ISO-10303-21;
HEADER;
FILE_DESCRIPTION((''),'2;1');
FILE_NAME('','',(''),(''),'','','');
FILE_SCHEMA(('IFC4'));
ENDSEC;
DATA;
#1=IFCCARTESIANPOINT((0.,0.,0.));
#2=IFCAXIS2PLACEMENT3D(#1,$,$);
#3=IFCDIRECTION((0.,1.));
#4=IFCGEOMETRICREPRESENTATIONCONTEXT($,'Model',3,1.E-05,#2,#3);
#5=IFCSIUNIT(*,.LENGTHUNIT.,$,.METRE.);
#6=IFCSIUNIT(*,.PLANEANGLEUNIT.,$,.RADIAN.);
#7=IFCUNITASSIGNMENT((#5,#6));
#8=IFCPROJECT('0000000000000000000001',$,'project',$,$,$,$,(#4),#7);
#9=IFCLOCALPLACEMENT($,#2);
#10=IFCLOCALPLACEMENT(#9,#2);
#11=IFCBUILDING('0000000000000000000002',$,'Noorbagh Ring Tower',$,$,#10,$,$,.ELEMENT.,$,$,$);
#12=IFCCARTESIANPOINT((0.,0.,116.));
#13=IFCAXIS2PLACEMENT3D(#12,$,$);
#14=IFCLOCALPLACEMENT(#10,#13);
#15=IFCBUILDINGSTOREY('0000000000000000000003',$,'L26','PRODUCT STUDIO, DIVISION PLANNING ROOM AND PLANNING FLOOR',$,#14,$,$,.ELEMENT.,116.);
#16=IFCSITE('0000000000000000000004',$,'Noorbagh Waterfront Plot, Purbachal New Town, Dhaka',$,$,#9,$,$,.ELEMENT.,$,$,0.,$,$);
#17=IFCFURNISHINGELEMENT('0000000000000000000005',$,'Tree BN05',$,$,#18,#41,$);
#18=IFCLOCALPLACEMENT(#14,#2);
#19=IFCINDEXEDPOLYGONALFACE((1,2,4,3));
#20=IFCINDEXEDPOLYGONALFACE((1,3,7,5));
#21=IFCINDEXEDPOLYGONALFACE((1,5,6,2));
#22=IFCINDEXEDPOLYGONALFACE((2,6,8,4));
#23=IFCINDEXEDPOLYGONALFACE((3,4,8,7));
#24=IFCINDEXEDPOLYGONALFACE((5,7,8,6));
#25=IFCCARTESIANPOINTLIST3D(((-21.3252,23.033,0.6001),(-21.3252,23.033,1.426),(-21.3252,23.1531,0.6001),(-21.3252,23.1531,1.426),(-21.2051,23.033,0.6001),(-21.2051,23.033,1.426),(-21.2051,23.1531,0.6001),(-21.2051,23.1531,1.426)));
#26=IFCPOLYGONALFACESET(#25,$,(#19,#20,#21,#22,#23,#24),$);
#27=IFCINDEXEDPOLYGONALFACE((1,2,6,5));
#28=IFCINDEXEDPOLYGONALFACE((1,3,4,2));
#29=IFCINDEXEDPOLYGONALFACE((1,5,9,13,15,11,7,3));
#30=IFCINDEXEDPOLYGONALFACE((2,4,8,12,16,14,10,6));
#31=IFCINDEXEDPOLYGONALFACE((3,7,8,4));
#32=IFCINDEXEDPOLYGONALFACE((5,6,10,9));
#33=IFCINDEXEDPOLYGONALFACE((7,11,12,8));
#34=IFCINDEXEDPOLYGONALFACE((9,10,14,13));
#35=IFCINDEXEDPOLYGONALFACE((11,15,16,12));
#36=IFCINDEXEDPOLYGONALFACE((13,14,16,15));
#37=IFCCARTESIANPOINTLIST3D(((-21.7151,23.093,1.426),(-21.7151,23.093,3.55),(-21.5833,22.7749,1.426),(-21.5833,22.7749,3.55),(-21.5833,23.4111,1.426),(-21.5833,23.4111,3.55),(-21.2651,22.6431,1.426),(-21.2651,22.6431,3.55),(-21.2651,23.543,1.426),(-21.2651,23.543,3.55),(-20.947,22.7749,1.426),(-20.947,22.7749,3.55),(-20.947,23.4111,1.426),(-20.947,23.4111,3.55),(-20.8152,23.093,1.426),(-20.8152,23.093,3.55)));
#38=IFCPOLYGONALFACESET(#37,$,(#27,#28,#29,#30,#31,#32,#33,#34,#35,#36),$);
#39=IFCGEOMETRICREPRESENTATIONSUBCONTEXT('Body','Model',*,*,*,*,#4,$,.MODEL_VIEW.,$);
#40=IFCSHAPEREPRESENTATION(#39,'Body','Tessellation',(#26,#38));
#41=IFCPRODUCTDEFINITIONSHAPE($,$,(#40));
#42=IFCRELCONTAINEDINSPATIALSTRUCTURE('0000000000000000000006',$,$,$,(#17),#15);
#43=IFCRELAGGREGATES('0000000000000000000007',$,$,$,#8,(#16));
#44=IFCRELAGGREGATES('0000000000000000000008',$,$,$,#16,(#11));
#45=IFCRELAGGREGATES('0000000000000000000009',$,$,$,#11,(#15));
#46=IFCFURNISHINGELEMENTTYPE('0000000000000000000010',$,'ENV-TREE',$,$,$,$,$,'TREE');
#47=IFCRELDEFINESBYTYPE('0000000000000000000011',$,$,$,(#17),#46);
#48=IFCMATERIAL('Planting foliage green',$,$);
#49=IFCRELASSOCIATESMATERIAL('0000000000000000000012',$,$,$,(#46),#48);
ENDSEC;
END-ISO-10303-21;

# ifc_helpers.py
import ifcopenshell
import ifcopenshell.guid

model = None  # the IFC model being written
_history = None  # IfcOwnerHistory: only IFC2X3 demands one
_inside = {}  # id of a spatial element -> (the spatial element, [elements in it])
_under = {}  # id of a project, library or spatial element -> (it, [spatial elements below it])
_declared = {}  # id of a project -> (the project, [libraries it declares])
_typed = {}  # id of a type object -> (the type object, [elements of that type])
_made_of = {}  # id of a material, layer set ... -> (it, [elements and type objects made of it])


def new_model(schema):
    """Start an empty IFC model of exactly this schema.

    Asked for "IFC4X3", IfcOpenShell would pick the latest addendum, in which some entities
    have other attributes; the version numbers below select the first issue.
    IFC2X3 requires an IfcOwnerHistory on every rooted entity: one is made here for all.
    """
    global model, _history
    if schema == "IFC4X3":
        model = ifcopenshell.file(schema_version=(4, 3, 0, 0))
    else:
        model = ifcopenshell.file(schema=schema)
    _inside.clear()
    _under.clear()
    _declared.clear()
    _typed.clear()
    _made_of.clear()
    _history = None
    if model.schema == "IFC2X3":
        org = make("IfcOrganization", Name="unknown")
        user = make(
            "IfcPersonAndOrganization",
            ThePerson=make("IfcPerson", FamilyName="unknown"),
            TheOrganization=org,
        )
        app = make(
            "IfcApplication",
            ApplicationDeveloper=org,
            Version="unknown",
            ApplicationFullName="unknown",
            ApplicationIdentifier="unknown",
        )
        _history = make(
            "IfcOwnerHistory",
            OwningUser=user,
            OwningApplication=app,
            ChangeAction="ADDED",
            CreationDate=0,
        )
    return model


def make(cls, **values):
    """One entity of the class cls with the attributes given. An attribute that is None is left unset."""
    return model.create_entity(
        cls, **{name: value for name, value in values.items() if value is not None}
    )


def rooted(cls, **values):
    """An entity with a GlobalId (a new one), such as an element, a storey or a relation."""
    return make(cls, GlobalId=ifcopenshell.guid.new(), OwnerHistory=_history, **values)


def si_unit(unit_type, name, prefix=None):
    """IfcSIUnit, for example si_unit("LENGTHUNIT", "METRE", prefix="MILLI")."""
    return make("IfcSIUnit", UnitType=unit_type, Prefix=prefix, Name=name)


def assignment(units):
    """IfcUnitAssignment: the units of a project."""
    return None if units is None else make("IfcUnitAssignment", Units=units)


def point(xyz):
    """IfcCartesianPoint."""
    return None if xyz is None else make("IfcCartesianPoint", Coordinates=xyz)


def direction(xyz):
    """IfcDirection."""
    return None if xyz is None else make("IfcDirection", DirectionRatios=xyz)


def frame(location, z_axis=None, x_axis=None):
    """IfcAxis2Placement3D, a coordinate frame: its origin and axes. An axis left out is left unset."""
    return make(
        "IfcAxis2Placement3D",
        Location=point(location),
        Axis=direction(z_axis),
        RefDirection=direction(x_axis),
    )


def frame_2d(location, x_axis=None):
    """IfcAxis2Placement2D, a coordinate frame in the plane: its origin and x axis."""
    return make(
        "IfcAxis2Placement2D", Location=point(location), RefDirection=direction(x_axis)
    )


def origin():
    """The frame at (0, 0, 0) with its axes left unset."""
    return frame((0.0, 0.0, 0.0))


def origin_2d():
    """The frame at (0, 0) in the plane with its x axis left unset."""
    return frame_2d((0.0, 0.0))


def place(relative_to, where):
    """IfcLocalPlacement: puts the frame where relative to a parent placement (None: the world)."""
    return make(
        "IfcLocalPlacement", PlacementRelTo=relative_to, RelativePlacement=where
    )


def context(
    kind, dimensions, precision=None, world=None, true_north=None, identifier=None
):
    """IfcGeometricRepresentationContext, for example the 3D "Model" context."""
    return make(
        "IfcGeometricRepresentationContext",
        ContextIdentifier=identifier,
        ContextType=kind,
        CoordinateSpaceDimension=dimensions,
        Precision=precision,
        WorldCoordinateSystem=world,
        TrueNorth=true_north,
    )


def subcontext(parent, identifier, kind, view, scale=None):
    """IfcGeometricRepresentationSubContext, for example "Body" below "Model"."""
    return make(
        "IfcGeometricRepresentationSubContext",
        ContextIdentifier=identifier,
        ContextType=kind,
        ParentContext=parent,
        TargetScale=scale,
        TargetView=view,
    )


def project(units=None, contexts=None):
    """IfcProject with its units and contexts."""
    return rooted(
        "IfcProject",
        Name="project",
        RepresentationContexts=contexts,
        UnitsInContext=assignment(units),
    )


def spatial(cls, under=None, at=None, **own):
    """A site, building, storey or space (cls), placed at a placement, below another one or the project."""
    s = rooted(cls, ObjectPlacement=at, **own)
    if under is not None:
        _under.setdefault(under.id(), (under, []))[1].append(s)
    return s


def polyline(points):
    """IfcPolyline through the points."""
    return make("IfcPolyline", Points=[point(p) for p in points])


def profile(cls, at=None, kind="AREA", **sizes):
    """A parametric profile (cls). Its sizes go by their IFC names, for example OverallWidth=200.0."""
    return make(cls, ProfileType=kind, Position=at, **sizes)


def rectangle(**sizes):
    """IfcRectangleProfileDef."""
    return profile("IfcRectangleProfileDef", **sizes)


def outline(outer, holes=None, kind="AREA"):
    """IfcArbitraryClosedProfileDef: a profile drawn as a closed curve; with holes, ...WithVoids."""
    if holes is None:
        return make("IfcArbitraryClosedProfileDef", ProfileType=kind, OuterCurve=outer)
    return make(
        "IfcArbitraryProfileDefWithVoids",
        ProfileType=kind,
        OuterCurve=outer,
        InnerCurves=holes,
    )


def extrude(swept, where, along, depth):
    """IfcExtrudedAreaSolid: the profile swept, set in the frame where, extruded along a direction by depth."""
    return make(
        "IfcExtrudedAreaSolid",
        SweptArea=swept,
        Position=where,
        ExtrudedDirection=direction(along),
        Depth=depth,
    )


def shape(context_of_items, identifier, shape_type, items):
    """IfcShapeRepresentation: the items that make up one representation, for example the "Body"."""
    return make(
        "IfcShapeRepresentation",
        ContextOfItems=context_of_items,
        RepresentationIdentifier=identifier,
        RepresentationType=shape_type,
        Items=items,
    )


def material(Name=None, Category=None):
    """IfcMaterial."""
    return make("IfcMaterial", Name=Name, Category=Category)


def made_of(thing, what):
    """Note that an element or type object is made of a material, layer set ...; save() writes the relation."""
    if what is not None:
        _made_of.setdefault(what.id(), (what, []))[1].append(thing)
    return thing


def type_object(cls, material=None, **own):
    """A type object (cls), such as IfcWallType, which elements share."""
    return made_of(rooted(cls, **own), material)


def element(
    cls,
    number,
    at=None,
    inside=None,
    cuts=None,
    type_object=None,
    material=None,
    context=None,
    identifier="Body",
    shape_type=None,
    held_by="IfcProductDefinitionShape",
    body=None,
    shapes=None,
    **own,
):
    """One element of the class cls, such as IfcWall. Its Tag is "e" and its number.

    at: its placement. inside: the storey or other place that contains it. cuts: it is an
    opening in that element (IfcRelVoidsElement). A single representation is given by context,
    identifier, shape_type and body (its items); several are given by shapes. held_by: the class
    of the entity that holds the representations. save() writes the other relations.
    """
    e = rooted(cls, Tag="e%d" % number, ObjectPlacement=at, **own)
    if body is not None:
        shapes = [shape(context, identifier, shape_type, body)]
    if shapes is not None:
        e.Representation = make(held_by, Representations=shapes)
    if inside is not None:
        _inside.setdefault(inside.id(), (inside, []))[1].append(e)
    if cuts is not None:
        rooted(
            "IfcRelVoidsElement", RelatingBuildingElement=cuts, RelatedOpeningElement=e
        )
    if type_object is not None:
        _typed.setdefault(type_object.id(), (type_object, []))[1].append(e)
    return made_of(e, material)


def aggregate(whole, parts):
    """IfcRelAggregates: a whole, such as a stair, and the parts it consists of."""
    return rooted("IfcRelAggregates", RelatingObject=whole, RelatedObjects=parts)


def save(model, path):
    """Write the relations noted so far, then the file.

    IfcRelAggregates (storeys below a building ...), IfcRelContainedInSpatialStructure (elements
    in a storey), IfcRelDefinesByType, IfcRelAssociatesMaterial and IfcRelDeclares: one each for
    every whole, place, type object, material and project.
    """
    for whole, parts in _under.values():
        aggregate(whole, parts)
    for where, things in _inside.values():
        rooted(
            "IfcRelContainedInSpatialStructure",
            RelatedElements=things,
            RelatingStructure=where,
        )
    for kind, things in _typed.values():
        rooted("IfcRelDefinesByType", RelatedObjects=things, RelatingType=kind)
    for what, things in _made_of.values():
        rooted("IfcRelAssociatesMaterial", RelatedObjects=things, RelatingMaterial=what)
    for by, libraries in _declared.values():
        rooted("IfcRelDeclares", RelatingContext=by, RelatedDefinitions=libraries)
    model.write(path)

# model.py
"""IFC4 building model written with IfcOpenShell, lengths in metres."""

from ifc_helpers import new_model, si_unit, direction, frame, origin, origin_2d, place, context, subcontext, project, spatial, polyline, rectangle, outline, extrude, material, type_object, element, save


model = new_model("IFC4")

# Units and contexts
model_context = context("Model", 3, precision=1e-05, world=origin(), true_north=direction((0.0, 1.0)))
body_context = subcontext(model_context, "Body", "Model", "MODEL_VIEW")
ifc_project = project(units=[si_unit("LENGTHUNIT", "METRE"), si_unit("PLANEANGLEUNIT", "RADIAN")], contexts=[model_context])

# Site, building, storey
site_placement = place(None, origin())
site = spatial("IfcSite", under=ifc_project, at=site_placement, Name="Noorbagh Waterfront Plot, Purbachal New Town, Dhaka", CompositionType="ELEMENT", RefElevation=0.0)
building_placement = place(site_placement, origin())
building = spatial("IfcBuilding", under=site, at=building_placement, Name="Noorbagh Ring Tower", CompositionType="ELEMENT")
storey_placement = place(building_placement, frame((0.0, 0.0, 116.0)))
storey = spatial("IfcBuildingStorey", under=building, at=storey_placement, Name="L26", Description="PRODUCT STUDIO, DIVISION PLANNING ROOM AND PLANNING FLOOR", CompositionType="ELEMENT", Elevation=116.0)

# Furnishing element
ifc_material_1 = material(Name="Planting foliage green")
furnishing_element_type = type_object("IfcFurnishingElementType", Name="ENV-TREE", ElementType="TREE", material=ifc_material_1)
furnishing_placement = place(storey_placement, frame((-21.2651, 23.093, 0.6001), z_axis=(0.0, 0.0, 1.0), x_axis=(1.0, 0.0, 0.0)))
element("IfcFurnishingElement", 1, at=furnishing_placement, inside=storey, type_object=furnishing_element_type, Name="Tree BN05", context=body_context, shape_type="SweptSolid", body=[
    extrude(rectangle(XDim=0.1201, YDim=0.1201, at=origin_2d()), origin(), (0.0, 0.0, 1.0), 0.8259),
    extrude(outline(polyline([(0.45, 0.0), (0.3181, 0.3181), (0.0, 0.45), (-0.3181, 0.3181), (-0.45, 0.0), (-0.3181, -0.3181), (0.0, -0.45), (0.3181, -0.3181), (0.45, 0.0)])), frame((0.0, 0.0, 0.8259)), (0.0, 0.0, 1.0), 2.124),
])

save(model, "model.ifc")
